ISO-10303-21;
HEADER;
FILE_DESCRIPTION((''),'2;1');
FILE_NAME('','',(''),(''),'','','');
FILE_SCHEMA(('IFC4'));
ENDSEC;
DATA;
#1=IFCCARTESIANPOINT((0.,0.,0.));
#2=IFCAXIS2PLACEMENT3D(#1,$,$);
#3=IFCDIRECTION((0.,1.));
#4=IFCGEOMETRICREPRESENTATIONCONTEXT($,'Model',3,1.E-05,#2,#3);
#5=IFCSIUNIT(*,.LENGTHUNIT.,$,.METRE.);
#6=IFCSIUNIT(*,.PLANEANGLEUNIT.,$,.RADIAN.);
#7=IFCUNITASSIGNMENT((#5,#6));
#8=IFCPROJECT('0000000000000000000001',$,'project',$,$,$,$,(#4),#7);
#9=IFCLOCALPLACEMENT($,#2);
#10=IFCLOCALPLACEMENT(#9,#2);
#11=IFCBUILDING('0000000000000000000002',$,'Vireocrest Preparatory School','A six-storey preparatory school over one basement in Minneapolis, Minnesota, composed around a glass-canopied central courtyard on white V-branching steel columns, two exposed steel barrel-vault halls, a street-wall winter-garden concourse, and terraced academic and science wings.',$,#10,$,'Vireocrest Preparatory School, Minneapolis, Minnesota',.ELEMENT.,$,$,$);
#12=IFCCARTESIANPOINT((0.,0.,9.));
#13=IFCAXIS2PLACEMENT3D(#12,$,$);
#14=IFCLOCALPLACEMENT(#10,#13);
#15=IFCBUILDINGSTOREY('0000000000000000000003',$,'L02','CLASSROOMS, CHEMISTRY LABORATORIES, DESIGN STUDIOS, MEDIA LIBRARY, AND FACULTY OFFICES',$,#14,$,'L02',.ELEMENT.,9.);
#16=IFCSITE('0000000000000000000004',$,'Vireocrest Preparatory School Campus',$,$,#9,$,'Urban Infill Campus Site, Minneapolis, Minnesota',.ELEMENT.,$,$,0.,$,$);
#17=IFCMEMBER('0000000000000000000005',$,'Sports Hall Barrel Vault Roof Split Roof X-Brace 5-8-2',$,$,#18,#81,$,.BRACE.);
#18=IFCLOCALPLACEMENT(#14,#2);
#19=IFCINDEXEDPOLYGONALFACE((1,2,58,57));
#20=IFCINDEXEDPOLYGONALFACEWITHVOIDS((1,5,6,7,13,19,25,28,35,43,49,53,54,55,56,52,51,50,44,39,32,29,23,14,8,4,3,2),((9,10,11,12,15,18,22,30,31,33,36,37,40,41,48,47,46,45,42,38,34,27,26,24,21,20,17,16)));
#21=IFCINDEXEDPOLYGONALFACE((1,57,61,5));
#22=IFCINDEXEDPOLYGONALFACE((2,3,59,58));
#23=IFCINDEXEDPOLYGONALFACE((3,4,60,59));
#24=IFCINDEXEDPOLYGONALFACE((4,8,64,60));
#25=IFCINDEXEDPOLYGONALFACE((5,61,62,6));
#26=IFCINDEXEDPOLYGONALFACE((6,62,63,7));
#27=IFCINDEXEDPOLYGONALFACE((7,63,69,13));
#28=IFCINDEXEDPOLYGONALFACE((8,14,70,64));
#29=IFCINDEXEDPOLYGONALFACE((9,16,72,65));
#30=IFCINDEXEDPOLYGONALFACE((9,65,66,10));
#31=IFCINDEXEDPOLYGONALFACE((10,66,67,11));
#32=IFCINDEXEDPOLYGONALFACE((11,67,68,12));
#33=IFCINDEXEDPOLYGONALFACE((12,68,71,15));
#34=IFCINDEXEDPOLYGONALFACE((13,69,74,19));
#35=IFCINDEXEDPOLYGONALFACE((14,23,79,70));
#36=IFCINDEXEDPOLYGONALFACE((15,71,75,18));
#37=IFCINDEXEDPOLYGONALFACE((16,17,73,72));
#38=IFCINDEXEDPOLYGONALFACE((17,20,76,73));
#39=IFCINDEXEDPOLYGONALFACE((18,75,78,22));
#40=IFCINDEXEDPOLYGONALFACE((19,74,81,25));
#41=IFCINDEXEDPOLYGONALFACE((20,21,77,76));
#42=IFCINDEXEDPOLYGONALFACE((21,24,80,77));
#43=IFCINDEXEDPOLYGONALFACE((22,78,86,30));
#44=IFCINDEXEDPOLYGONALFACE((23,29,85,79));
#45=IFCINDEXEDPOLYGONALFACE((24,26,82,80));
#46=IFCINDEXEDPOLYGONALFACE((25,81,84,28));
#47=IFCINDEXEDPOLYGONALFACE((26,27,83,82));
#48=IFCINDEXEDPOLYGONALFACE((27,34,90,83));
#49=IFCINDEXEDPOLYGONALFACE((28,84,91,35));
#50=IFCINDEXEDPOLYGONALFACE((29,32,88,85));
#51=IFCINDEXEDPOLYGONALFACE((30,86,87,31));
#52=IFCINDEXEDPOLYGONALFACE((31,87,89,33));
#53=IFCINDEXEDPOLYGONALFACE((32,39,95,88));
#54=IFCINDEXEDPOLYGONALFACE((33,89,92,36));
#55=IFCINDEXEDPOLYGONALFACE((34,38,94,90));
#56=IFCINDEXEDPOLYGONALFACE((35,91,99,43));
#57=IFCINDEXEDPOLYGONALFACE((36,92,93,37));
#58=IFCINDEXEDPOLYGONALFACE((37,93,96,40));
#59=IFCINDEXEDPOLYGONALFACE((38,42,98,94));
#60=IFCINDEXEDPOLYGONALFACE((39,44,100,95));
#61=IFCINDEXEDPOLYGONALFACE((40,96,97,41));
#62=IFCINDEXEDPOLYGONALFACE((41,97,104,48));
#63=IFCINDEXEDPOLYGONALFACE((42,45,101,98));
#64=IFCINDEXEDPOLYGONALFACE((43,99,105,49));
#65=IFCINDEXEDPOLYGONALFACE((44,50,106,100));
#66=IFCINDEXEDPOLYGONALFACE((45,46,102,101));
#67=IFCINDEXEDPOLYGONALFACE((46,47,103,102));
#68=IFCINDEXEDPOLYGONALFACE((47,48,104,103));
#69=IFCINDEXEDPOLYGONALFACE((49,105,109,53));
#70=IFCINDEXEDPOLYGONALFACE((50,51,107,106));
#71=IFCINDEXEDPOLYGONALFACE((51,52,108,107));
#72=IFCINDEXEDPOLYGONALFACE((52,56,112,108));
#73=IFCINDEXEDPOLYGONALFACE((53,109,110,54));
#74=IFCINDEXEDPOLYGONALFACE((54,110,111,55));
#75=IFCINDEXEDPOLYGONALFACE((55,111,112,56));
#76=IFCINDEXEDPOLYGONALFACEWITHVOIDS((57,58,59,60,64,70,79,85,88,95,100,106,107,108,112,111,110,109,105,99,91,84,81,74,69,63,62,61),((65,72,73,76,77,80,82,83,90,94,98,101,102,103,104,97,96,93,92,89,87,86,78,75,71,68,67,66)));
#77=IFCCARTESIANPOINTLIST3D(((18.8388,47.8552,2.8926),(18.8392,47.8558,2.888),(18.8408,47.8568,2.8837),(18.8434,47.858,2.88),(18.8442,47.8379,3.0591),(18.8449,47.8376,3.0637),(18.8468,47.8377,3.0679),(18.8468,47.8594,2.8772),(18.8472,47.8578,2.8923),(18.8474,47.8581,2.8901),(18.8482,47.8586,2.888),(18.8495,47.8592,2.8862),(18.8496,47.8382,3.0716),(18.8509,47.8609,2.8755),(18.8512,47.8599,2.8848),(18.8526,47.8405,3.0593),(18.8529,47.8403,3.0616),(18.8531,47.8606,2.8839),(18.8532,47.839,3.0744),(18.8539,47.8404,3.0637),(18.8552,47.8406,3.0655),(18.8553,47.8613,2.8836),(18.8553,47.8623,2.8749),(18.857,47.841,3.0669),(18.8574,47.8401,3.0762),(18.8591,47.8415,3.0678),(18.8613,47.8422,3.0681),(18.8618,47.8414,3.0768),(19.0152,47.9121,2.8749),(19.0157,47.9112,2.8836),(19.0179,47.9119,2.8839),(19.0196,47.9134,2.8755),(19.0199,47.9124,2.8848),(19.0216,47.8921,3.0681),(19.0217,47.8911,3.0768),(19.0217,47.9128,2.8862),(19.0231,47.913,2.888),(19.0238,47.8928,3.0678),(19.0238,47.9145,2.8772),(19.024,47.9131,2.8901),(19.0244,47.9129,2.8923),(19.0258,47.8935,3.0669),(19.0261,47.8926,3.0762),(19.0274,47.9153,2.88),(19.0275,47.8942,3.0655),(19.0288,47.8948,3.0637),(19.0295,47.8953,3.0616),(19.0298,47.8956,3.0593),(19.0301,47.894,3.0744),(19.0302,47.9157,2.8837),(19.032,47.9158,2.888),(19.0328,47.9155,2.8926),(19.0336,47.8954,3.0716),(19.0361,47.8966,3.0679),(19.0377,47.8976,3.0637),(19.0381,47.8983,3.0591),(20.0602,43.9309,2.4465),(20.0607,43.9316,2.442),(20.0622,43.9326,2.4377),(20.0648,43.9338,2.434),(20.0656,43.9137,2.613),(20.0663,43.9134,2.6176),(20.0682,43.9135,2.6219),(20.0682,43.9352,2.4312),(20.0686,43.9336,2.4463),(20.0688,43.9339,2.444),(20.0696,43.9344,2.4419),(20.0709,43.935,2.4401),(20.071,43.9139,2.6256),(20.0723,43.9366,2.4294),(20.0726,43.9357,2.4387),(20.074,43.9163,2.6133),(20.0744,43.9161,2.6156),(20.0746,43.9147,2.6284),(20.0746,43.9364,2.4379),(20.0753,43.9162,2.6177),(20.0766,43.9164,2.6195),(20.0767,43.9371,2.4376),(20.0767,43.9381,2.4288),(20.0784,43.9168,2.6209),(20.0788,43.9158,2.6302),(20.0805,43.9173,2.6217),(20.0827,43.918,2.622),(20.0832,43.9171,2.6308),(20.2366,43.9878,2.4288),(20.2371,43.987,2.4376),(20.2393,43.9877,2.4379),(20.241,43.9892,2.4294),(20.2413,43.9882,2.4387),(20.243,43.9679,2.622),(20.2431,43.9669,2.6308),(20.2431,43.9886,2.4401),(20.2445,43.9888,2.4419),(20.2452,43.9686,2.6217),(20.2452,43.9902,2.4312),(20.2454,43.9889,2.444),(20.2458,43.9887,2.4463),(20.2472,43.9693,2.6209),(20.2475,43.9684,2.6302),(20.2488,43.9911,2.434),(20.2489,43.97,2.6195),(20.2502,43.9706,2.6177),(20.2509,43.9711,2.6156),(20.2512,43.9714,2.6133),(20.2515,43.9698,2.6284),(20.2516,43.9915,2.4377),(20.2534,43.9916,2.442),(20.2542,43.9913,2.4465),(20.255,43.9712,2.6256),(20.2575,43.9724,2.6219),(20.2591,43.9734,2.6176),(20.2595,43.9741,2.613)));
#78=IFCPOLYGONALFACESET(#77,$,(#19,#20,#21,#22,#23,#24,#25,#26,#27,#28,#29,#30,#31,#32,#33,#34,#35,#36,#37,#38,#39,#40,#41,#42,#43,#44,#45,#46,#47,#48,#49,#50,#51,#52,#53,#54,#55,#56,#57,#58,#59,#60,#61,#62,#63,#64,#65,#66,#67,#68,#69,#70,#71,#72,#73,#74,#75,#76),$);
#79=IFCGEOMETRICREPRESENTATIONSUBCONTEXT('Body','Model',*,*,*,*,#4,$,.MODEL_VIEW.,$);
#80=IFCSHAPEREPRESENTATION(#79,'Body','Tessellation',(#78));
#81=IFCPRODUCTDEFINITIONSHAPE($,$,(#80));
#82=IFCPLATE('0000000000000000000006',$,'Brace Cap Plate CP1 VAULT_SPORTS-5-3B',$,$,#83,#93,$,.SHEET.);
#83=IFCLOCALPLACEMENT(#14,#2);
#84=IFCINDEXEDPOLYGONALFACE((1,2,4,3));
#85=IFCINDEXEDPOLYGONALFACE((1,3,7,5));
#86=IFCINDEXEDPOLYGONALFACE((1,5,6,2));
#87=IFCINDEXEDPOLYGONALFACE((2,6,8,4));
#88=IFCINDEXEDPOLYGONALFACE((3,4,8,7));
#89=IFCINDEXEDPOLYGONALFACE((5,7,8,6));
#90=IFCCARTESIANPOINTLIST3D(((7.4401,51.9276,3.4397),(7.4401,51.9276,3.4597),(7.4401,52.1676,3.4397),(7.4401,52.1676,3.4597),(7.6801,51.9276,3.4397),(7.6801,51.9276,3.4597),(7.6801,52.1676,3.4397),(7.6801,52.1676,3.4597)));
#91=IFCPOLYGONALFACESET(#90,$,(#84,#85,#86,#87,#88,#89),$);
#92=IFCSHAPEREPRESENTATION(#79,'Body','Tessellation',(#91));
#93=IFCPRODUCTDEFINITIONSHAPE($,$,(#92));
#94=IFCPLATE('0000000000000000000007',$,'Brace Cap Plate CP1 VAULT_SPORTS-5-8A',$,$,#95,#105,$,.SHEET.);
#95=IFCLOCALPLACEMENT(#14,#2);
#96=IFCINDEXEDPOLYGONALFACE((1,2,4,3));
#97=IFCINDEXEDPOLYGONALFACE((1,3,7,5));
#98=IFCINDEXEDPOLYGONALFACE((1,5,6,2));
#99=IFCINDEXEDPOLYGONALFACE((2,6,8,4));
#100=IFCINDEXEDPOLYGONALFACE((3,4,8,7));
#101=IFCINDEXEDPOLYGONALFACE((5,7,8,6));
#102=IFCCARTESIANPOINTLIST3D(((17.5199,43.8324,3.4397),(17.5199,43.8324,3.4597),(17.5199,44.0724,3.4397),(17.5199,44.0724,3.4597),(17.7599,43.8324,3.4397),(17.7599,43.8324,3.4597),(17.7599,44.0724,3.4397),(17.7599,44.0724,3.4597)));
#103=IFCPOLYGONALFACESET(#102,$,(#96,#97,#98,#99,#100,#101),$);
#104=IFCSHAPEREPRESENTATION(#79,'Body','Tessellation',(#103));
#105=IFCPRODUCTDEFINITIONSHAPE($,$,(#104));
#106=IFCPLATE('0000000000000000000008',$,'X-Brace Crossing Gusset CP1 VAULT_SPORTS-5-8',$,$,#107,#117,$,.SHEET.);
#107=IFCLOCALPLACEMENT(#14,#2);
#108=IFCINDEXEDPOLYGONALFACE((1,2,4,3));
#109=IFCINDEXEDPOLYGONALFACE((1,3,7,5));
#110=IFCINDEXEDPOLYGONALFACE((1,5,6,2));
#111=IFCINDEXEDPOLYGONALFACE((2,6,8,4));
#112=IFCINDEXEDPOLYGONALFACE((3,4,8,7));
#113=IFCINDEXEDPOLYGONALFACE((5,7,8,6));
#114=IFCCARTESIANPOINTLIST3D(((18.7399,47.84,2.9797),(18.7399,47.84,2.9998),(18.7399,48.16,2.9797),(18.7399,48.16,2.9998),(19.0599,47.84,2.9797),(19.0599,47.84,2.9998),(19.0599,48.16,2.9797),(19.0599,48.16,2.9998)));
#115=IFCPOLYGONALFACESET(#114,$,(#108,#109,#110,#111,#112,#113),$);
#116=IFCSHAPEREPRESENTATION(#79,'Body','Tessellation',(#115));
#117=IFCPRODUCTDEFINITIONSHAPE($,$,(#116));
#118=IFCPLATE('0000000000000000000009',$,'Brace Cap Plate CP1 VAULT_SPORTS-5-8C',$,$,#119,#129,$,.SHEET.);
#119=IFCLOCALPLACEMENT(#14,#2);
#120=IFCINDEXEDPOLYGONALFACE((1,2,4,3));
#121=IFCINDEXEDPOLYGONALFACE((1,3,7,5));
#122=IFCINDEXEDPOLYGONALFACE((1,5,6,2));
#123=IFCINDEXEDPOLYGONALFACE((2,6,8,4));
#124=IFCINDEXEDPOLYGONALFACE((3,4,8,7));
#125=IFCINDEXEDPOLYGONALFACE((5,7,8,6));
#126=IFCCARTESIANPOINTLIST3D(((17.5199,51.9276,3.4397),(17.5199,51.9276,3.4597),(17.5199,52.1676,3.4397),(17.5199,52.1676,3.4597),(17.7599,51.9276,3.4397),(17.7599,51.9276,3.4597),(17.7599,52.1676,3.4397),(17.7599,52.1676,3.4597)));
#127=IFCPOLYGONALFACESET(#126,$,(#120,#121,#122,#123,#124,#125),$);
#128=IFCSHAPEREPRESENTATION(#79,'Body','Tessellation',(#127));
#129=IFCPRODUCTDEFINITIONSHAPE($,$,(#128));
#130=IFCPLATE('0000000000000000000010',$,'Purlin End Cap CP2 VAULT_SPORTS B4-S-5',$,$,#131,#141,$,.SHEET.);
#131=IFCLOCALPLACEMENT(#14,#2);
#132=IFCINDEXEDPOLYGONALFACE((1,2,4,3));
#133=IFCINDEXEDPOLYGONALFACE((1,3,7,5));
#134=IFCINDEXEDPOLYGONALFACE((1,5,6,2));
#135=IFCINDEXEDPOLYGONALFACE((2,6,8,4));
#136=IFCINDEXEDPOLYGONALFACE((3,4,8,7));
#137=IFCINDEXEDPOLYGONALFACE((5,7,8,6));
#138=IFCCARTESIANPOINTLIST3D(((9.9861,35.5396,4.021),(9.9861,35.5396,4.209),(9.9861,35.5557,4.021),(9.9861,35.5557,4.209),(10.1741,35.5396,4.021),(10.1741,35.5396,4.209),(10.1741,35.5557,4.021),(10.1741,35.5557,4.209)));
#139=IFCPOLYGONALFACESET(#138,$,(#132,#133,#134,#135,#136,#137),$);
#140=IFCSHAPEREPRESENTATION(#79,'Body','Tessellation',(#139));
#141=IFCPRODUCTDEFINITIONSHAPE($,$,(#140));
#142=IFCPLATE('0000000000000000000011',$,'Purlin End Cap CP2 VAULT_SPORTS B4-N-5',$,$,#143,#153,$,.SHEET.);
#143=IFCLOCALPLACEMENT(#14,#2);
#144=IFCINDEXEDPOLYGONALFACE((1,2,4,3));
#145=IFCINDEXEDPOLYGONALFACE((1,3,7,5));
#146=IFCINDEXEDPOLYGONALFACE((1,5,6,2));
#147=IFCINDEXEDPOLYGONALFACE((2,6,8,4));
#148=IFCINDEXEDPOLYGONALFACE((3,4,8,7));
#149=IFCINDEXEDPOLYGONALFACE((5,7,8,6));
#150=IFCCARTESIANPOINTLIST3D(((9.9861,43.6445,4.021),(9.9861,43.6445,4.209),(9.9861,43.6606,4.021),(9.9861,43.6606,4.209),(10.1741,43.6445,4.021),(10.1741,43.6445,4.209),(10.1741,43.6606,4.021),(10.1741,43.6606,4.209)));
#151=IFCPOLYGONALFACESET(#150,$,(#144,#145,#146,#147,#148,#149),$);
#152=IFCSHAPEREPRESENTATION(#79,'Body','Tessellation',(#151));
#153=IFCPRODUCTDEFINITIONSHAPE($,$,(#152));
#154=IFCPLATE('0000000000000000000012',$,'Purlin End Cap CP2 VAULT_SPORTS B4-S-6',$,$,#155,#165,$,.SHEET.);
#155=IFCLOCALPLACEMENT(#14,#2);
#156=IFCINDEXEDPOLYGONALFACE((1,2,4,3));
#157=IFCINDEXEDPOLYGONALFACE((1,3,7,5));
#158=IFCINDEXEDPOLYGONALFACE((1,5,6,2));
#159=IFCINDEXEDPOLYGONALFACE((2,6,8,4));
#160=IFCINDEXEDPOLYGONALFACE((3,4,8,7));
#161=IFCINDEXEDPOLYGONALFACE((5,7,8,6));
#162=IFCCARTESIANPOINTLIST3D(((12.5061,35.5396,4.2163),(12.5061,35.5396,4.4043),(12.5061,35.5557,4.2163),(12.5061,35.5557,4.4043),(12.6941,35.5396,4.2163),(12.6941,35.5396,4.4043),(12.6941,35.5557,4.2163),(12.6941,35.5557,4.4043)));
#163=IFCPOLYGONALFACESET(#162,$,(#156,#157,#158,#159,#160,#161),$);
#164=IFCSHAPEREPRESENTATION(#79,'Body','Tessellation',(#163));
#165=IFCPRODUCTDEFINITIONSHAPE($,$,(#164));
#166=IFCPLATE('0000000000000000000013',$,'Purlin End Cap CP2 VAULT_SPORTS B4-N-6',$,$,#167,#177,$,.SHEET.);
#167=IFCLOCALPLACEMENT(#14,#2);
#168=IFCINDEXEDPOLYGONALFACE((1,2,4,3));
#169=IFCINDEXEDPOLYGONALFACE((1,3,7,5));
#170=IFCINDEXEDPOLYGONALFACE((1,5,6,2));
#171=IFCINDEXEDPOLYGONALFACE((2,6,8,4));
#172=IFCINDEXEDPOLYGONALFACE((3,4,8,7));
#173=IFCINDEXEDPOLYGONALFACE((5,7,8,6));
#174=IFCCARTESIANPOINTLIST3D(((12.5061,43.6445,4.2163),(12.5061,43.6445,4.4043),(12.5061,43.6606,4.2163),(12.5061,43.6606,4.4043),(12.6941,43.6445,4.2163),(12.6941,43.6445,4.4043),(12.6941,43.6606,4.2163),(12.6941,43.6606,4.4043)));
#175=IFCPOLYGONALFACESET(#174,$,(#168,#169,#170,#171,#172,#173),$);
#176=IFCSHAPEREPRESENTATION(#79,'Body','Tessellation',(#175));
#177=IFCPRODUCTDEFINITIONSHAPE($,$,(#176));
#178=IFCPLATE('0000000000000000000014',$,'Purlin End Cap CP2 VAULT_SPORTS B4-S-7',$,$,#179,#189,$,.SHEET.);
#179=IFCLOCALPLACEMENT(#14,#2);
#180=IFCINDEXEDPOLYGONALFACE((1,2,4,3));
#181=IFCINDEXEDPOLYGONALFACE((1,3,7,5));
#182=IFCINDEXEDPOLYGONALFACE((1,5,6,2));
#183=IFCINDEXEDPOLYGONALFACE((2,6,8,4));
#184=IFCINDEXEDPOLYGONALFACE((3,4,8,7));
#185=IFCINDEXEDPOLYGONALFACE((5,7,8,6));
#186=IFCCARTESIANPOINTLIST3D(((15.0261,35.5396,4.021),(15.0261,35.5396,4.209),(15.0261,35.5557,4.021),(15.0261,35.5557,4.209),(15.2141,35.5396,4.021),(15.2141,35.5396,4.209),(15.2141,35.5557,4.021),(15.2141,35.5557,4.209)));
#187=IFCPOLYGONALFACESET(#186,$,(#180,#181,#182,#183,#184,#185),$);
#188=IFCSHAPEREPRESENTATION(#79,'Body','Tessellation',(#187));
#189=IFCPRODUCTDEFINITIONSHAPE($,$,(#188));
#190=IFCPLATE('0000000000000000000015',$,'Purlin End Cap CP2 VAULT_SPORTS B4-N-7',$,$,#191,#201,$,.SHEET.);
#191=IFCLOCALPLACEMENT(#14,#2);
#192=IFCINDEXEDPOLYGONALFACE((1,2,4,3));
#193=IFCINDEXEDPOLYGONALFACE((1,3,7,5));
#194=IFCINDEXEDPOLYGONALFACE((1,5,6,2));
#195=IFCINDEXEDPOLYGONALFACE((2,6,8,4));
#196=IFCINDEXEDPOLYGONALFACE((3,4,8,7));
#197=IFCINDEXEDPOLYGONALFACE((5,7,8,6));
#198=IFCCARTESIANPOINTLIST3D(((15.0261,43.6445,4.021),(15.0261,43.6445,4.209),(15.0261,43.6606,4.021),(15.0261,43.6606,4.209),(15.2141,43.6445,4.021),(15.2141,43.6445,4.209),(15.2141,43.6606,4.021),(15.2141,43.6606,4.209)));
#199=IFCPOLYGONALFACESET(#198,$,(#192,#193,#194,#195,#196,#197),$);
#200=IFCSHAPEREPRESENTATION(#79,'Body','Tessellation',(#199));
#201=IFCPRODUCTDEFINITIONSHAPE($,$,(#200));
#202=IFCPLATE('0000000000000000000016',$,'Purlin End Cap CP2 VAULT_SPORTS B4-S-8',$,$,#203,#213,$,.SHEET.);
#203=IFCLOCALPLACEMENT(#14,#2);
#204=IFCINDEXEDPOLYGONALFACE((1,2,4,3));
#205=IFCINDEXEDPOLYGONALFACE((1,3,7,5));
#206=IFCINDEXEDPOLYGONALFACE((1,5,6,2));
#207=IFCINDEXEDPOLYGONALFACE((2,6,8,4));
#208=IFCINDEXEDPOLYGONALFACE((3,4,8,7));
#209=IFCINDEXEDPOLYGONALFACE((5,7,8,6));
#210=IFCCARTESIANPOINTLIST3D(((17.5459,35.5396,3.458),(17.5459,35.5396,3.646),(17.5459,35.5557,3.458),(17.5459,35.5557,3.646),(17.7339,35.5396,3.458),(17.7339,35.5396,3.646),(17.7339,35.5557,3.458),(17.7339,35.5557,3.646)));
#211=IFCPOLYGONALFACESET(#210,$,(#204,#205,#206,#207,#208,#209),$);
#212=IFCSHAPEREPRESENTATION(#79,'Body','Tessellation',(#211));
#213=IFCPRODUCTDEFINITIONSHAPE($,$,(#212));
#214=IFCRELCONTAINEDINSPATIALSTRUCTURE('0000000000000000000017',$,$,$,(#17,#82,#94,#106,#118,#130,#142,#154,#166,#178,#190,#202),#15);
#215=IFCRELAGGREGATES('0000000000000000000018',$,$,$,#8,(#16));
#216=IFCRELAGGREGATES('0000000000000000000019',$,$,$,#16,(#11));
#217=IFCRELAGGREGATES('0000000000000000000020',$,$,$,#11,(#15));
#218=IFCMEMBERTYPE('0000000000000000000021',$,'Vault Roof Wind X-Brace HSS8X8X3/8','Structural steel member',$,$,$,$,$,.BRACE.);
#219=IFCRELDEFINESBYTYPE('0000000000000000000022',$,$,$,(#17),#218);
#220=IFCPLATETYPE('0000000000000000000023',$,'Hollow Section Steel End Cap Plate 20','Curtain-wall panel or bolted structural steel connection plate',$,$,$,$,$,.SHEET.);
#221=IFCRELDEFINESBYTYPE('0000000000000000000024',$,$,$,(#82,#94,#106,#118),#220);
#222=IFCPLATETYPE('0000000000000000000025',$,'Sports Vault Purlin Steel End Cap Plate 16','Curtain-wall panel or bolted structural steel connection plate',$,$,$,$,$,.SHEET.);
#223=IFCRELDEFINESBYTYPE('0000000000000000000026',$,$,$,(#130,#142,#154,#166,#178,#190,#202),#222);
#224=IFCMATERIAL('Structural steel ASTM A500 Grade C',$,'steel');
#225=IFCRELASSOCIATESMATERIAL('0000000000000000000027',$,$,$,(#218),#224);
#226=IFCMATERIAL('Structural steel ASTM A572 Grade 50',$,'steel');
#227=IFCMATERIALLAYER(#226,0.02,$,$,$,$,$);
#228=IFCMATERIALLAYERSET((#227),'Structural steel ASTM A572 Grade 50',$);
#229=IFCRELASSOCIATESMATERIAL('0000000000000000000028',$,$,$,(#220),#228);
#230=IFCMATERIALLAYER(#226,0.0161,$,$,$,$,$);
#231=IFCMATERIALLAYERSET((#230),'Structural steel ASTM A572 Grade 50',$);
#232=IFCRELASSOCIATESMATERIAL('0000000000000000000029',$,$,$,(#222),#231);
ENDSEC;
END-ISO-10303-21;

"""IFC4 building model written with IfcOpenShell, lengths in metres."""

from ifc_helpers import new_model, si_unit, direction, frame, origin, origin_2d, place, context, subcontext, project, spatial, rectangle, hollow_rectangle, extrude, material, layer, layer_set, material_profile, profile_set, type_object, element, save


model = new_model("IFC4")

# Units and contexts
model_context = context("Model", 3, precision=1e-05, world=origin(), true_north=direction((0.0, 1.0)))
body_context = subcontext(model_context, "Body", "Model", "MODEL_VIEW")
ifc_project = project(units=[si_unit("LENGTHUNIT", "METRE"), si_unit("PLANEANGLEUNIT", "RADIAN")], contexts=[model_context])

# Site, building, storey
site_placement = place(None, origin())
site = spatial("IfcSite", under=ifc_project, at=site_placement, Name="Vireocrest Preparatory School Campus", LongName="Urban Infill Campus Site, Minneapolis, Minnesota", CompositionType="ELEMENT", RefElevation=0.0)
building_placement = place(site_placement, origin())
building = spatial("IfcBuilding", under=site, at=building_placement, Name="Vireocrest Preparatory School", Description="A six-storey preparatory school over one basement in Minneapolis, Minnesota, composed around a glass-canopied central courtyard on white V-branching steel columns, two exposed steel barrel-vault halls, a street-wall winter-garden concourse, and terraced academic and science wings.", LongName="Vireocrest Preparatory School, Minneapolis, Minnesota", CompositionType="ELEMENT")
storey_placement = place(building_placement, frame((0.0, 0.0, 9.0)))
storey = spatial("IfcBuildingStorey", under=building, at=storey_placement, Name="L02", Description="CLASSROOMS, CHEMISTRY LABORATORIES, DESIGN STUDIOS, MEDIA LIBRARY, AND FACULTY OFFICES", LongName="L02", CompositionType="ELEMENT", Elevation=9.0)

# Shared definitions
ifc_material_1 = material(Name="Structural steel ASTM A500 Grade C", Category="steel")

# Member
ifc_material_profile_1 = material_profile(ifc_material_1, hollow_rectangle(XDim=0.2031, YDim=0.2031, WallThickness=0.0088, InnerFilletRadius=0.0088, OuterFilletRadius=0.0178, at=origin_2d()), Name="HSS8X8X3/8")
ifc_profile_set_1 = profile_set([ifc_material_profile_1], Name="Structural steel ASTM A500 Grade C")
member_type_1 = type_object("IfcMemberType", Name="Vault Roof Wind X-Brace HSS8X8X3/8", Description="Structural steel member", PredefinedType="BRACE", material=ifc_profile_set_1)
member_1_placement = place(storey_placement, frame((18.9385, 47.8767, 2.9758), z_axis=(0.295451, -0.949246, -0.107893), x_axis=(0.95482, 0.297186, 0.0)))
element("IfcMember", 1, at=member_1_placement, inside=storey, type_object=member_type_1, Name="Sports Hall Barrel Vault Roof Split Roof X-Brace 5-8-2", PredefinedType="BRACE", context=body_context, shape_type="SweptSolid", body=[
    extrude(hollow_rectangle(XDim=0.2031, YDim=0.2031, WallThickness=0.0088, InnerFilletRadius=0.0088, OuterFilletRadius=0.0178, at=origin_2d()), origin(), (0.0, 0.0, 1.0), 4.134),
])

# Plates
ifc_material_2 = material(Name="Structural steel ASTM A572 Grade 50", Category="steel")
ifc_layer_1 = layer(ifc_material_2, 0.02)
ifc_layer_set_1 = layer_set([ifc_layer_1], Name="Structural steel ASTM A572 Grade 50")
plate_type_1 = type_object("IfcPlateType", Name="Hollow Section Steel End Cap Plate 20", Description="Curtain-wall panel or bolted structural steel connection plate", PredefinedType="SHEET", material=ifc_layer_set_1)
for number, where, z_axis, x_axis, name in (
    (2, (7.5601, 52.0476, 3.4397), (0.0, 0.0, 1.0), (1.0, 0.0, 0.0), "Brace Cap Plate CP1 VAULT_SPORTS-5-3B"),
    (3, (17.6399, 43.9524, 3.4397), (0.0, 0.0, 1.0), (1.0, 0.0, 0.0), "Brace Cap Plate CP1 VAULT_SPORTS-5-8A"),
):
    element("IfcPlate", number, at=place(storey_placement, frame(where, z_axis=z_axis, x_axis=x_axis)), inside=storey, type_object=plate_type_1, Name=name, PredefinedType="SHEET", context=body_context, shape_type="SweptSolid", body=[
        extrude(rectangle(XDim=0.24, YDim=0.24, at=origin_2d()), origin(), (0.0, 0.0, 1.0), 0.02),
    ])
plate_1_placement = place(storey_placement, frame((18.8999, 48.0, 2.9797), z_axis=(0.0, 0.0, 1.0), x_axis=(1.0, 0.0, 0.0)))
element("IfcPlate", 4, at=plate_1_placement, inside=storey, type_object=plate_type_1, Name="X-Brace Crossing Gusset CP1 VAULT_SPORTS-5-8", PredefinedType="SHEET", context=body_context, shape_type="SweptSolid", body=[
    extrude(rectangle(XDim=0.3201, YDim=0.3201, at=origin_2d()), origin(), (0.0, 0.0, 1.0), 0.02),
])
plate_2_placement = place(storey_placement, frame((17.6399, 52.0476, 3.4397), z_axis=(0.0, 0.0, 1.0), x_axis=(1.0, 0.0, 0.0)))
element("IfcPlate", 5, at=plate_2_placement, inside=storey, type_object=plate_type_1, Name="Brace Cap Plate CP1 VAULT_SPORTS-5-8C", PredefinedType="SHEET", context=body_context, shape_type="SweptSolid", body=[
    extrude(rectangle(XDim=0.24, YDim=0.24, at=origin_2d()), origin(), (0.0, 0.0, 1.0), 0.02),
])
ifc_layer_2 = layer(ifc_material_2, 0.0161)
ifc_layer_set_2 = layer_set([ifc_layer_2], Name="Structural steel ASTM A572 Grade 50")
plate_type_2 = type_object("IfcPlateType", Name="Sports Vault Purlin Steel End Cap Plate 16", Description="Curtain-wall panel or bolted structural steel connection plate", PredefinedType="SHEET", material=ifc_layer_set_2)
for number, where, z_axis, x_axis, name in (
    (6, (10.0801, 35.5476, 4.021), (0.0, 0.0, 1.0), (1.0, 0.0, 0.0), "Purlin End Cap CP2 VAULT_SPORTS B4-S-5"),
    (7, (10.0801, 43.6526, 4.021), (0.0, 0.0, 1.0), (1.0, 0.0, 0.0), "Purlin End Cap CP2 VAULT_SPORTS B4-N-5"),
    (8, (12.6001, 35.5476, 4.2163), (0.0, 0.0, 1.0), (1.0, 0.0, 0.0), "Purlin End Cap CP2 VAULT_SPORTS B4-S-6"),
    (9, (12.6001, 43.6526, 4.2163), (0.0, 0.0, 1.0), (1.0, 0.0, 0.0), "Purlin End Cap CP2 VAULT_SPORTS B4-N-6"),
    (10, (15.1201, 35.5476, 4.021), (0.0, 0.0, 1.0), (1.0, 0.0, 0.0), "Purlin End Cap CP2 VAULT_SPORTS B4-S-7"),
    (11, (15.1201, 43.6526, 4.021), (0.0, 0.0, 1.0), (1.0, 0.0, 0.0), "Purlin End Cap CP2 VAULT_SPORTS B4-N-7"),
    (12, (17.6399, 35.5476, 3.458), (0.0, 0.0, 1.0), (1.0, 0.0, 0.0), "Purlin End Cap CP2 VAULT_SPORTS B4-S-8"),
):
    element("IfcPlate", number, at=place(storey_placement, frame(where, z_axis=z_axis, x_axis=x_axis)), inside=storey, type_object=plate_type_2, Name=name, PredefinedType="SHEET", context=body_context, shape_type="SweptSolid", body=[
        extrude(rectangle(XDim=0.188, YDim=0.0161, at=origin_2d()), origin(), (0.0, 0.0, 1.0), 0.188),
    ])

save(model, "model.ifc")
